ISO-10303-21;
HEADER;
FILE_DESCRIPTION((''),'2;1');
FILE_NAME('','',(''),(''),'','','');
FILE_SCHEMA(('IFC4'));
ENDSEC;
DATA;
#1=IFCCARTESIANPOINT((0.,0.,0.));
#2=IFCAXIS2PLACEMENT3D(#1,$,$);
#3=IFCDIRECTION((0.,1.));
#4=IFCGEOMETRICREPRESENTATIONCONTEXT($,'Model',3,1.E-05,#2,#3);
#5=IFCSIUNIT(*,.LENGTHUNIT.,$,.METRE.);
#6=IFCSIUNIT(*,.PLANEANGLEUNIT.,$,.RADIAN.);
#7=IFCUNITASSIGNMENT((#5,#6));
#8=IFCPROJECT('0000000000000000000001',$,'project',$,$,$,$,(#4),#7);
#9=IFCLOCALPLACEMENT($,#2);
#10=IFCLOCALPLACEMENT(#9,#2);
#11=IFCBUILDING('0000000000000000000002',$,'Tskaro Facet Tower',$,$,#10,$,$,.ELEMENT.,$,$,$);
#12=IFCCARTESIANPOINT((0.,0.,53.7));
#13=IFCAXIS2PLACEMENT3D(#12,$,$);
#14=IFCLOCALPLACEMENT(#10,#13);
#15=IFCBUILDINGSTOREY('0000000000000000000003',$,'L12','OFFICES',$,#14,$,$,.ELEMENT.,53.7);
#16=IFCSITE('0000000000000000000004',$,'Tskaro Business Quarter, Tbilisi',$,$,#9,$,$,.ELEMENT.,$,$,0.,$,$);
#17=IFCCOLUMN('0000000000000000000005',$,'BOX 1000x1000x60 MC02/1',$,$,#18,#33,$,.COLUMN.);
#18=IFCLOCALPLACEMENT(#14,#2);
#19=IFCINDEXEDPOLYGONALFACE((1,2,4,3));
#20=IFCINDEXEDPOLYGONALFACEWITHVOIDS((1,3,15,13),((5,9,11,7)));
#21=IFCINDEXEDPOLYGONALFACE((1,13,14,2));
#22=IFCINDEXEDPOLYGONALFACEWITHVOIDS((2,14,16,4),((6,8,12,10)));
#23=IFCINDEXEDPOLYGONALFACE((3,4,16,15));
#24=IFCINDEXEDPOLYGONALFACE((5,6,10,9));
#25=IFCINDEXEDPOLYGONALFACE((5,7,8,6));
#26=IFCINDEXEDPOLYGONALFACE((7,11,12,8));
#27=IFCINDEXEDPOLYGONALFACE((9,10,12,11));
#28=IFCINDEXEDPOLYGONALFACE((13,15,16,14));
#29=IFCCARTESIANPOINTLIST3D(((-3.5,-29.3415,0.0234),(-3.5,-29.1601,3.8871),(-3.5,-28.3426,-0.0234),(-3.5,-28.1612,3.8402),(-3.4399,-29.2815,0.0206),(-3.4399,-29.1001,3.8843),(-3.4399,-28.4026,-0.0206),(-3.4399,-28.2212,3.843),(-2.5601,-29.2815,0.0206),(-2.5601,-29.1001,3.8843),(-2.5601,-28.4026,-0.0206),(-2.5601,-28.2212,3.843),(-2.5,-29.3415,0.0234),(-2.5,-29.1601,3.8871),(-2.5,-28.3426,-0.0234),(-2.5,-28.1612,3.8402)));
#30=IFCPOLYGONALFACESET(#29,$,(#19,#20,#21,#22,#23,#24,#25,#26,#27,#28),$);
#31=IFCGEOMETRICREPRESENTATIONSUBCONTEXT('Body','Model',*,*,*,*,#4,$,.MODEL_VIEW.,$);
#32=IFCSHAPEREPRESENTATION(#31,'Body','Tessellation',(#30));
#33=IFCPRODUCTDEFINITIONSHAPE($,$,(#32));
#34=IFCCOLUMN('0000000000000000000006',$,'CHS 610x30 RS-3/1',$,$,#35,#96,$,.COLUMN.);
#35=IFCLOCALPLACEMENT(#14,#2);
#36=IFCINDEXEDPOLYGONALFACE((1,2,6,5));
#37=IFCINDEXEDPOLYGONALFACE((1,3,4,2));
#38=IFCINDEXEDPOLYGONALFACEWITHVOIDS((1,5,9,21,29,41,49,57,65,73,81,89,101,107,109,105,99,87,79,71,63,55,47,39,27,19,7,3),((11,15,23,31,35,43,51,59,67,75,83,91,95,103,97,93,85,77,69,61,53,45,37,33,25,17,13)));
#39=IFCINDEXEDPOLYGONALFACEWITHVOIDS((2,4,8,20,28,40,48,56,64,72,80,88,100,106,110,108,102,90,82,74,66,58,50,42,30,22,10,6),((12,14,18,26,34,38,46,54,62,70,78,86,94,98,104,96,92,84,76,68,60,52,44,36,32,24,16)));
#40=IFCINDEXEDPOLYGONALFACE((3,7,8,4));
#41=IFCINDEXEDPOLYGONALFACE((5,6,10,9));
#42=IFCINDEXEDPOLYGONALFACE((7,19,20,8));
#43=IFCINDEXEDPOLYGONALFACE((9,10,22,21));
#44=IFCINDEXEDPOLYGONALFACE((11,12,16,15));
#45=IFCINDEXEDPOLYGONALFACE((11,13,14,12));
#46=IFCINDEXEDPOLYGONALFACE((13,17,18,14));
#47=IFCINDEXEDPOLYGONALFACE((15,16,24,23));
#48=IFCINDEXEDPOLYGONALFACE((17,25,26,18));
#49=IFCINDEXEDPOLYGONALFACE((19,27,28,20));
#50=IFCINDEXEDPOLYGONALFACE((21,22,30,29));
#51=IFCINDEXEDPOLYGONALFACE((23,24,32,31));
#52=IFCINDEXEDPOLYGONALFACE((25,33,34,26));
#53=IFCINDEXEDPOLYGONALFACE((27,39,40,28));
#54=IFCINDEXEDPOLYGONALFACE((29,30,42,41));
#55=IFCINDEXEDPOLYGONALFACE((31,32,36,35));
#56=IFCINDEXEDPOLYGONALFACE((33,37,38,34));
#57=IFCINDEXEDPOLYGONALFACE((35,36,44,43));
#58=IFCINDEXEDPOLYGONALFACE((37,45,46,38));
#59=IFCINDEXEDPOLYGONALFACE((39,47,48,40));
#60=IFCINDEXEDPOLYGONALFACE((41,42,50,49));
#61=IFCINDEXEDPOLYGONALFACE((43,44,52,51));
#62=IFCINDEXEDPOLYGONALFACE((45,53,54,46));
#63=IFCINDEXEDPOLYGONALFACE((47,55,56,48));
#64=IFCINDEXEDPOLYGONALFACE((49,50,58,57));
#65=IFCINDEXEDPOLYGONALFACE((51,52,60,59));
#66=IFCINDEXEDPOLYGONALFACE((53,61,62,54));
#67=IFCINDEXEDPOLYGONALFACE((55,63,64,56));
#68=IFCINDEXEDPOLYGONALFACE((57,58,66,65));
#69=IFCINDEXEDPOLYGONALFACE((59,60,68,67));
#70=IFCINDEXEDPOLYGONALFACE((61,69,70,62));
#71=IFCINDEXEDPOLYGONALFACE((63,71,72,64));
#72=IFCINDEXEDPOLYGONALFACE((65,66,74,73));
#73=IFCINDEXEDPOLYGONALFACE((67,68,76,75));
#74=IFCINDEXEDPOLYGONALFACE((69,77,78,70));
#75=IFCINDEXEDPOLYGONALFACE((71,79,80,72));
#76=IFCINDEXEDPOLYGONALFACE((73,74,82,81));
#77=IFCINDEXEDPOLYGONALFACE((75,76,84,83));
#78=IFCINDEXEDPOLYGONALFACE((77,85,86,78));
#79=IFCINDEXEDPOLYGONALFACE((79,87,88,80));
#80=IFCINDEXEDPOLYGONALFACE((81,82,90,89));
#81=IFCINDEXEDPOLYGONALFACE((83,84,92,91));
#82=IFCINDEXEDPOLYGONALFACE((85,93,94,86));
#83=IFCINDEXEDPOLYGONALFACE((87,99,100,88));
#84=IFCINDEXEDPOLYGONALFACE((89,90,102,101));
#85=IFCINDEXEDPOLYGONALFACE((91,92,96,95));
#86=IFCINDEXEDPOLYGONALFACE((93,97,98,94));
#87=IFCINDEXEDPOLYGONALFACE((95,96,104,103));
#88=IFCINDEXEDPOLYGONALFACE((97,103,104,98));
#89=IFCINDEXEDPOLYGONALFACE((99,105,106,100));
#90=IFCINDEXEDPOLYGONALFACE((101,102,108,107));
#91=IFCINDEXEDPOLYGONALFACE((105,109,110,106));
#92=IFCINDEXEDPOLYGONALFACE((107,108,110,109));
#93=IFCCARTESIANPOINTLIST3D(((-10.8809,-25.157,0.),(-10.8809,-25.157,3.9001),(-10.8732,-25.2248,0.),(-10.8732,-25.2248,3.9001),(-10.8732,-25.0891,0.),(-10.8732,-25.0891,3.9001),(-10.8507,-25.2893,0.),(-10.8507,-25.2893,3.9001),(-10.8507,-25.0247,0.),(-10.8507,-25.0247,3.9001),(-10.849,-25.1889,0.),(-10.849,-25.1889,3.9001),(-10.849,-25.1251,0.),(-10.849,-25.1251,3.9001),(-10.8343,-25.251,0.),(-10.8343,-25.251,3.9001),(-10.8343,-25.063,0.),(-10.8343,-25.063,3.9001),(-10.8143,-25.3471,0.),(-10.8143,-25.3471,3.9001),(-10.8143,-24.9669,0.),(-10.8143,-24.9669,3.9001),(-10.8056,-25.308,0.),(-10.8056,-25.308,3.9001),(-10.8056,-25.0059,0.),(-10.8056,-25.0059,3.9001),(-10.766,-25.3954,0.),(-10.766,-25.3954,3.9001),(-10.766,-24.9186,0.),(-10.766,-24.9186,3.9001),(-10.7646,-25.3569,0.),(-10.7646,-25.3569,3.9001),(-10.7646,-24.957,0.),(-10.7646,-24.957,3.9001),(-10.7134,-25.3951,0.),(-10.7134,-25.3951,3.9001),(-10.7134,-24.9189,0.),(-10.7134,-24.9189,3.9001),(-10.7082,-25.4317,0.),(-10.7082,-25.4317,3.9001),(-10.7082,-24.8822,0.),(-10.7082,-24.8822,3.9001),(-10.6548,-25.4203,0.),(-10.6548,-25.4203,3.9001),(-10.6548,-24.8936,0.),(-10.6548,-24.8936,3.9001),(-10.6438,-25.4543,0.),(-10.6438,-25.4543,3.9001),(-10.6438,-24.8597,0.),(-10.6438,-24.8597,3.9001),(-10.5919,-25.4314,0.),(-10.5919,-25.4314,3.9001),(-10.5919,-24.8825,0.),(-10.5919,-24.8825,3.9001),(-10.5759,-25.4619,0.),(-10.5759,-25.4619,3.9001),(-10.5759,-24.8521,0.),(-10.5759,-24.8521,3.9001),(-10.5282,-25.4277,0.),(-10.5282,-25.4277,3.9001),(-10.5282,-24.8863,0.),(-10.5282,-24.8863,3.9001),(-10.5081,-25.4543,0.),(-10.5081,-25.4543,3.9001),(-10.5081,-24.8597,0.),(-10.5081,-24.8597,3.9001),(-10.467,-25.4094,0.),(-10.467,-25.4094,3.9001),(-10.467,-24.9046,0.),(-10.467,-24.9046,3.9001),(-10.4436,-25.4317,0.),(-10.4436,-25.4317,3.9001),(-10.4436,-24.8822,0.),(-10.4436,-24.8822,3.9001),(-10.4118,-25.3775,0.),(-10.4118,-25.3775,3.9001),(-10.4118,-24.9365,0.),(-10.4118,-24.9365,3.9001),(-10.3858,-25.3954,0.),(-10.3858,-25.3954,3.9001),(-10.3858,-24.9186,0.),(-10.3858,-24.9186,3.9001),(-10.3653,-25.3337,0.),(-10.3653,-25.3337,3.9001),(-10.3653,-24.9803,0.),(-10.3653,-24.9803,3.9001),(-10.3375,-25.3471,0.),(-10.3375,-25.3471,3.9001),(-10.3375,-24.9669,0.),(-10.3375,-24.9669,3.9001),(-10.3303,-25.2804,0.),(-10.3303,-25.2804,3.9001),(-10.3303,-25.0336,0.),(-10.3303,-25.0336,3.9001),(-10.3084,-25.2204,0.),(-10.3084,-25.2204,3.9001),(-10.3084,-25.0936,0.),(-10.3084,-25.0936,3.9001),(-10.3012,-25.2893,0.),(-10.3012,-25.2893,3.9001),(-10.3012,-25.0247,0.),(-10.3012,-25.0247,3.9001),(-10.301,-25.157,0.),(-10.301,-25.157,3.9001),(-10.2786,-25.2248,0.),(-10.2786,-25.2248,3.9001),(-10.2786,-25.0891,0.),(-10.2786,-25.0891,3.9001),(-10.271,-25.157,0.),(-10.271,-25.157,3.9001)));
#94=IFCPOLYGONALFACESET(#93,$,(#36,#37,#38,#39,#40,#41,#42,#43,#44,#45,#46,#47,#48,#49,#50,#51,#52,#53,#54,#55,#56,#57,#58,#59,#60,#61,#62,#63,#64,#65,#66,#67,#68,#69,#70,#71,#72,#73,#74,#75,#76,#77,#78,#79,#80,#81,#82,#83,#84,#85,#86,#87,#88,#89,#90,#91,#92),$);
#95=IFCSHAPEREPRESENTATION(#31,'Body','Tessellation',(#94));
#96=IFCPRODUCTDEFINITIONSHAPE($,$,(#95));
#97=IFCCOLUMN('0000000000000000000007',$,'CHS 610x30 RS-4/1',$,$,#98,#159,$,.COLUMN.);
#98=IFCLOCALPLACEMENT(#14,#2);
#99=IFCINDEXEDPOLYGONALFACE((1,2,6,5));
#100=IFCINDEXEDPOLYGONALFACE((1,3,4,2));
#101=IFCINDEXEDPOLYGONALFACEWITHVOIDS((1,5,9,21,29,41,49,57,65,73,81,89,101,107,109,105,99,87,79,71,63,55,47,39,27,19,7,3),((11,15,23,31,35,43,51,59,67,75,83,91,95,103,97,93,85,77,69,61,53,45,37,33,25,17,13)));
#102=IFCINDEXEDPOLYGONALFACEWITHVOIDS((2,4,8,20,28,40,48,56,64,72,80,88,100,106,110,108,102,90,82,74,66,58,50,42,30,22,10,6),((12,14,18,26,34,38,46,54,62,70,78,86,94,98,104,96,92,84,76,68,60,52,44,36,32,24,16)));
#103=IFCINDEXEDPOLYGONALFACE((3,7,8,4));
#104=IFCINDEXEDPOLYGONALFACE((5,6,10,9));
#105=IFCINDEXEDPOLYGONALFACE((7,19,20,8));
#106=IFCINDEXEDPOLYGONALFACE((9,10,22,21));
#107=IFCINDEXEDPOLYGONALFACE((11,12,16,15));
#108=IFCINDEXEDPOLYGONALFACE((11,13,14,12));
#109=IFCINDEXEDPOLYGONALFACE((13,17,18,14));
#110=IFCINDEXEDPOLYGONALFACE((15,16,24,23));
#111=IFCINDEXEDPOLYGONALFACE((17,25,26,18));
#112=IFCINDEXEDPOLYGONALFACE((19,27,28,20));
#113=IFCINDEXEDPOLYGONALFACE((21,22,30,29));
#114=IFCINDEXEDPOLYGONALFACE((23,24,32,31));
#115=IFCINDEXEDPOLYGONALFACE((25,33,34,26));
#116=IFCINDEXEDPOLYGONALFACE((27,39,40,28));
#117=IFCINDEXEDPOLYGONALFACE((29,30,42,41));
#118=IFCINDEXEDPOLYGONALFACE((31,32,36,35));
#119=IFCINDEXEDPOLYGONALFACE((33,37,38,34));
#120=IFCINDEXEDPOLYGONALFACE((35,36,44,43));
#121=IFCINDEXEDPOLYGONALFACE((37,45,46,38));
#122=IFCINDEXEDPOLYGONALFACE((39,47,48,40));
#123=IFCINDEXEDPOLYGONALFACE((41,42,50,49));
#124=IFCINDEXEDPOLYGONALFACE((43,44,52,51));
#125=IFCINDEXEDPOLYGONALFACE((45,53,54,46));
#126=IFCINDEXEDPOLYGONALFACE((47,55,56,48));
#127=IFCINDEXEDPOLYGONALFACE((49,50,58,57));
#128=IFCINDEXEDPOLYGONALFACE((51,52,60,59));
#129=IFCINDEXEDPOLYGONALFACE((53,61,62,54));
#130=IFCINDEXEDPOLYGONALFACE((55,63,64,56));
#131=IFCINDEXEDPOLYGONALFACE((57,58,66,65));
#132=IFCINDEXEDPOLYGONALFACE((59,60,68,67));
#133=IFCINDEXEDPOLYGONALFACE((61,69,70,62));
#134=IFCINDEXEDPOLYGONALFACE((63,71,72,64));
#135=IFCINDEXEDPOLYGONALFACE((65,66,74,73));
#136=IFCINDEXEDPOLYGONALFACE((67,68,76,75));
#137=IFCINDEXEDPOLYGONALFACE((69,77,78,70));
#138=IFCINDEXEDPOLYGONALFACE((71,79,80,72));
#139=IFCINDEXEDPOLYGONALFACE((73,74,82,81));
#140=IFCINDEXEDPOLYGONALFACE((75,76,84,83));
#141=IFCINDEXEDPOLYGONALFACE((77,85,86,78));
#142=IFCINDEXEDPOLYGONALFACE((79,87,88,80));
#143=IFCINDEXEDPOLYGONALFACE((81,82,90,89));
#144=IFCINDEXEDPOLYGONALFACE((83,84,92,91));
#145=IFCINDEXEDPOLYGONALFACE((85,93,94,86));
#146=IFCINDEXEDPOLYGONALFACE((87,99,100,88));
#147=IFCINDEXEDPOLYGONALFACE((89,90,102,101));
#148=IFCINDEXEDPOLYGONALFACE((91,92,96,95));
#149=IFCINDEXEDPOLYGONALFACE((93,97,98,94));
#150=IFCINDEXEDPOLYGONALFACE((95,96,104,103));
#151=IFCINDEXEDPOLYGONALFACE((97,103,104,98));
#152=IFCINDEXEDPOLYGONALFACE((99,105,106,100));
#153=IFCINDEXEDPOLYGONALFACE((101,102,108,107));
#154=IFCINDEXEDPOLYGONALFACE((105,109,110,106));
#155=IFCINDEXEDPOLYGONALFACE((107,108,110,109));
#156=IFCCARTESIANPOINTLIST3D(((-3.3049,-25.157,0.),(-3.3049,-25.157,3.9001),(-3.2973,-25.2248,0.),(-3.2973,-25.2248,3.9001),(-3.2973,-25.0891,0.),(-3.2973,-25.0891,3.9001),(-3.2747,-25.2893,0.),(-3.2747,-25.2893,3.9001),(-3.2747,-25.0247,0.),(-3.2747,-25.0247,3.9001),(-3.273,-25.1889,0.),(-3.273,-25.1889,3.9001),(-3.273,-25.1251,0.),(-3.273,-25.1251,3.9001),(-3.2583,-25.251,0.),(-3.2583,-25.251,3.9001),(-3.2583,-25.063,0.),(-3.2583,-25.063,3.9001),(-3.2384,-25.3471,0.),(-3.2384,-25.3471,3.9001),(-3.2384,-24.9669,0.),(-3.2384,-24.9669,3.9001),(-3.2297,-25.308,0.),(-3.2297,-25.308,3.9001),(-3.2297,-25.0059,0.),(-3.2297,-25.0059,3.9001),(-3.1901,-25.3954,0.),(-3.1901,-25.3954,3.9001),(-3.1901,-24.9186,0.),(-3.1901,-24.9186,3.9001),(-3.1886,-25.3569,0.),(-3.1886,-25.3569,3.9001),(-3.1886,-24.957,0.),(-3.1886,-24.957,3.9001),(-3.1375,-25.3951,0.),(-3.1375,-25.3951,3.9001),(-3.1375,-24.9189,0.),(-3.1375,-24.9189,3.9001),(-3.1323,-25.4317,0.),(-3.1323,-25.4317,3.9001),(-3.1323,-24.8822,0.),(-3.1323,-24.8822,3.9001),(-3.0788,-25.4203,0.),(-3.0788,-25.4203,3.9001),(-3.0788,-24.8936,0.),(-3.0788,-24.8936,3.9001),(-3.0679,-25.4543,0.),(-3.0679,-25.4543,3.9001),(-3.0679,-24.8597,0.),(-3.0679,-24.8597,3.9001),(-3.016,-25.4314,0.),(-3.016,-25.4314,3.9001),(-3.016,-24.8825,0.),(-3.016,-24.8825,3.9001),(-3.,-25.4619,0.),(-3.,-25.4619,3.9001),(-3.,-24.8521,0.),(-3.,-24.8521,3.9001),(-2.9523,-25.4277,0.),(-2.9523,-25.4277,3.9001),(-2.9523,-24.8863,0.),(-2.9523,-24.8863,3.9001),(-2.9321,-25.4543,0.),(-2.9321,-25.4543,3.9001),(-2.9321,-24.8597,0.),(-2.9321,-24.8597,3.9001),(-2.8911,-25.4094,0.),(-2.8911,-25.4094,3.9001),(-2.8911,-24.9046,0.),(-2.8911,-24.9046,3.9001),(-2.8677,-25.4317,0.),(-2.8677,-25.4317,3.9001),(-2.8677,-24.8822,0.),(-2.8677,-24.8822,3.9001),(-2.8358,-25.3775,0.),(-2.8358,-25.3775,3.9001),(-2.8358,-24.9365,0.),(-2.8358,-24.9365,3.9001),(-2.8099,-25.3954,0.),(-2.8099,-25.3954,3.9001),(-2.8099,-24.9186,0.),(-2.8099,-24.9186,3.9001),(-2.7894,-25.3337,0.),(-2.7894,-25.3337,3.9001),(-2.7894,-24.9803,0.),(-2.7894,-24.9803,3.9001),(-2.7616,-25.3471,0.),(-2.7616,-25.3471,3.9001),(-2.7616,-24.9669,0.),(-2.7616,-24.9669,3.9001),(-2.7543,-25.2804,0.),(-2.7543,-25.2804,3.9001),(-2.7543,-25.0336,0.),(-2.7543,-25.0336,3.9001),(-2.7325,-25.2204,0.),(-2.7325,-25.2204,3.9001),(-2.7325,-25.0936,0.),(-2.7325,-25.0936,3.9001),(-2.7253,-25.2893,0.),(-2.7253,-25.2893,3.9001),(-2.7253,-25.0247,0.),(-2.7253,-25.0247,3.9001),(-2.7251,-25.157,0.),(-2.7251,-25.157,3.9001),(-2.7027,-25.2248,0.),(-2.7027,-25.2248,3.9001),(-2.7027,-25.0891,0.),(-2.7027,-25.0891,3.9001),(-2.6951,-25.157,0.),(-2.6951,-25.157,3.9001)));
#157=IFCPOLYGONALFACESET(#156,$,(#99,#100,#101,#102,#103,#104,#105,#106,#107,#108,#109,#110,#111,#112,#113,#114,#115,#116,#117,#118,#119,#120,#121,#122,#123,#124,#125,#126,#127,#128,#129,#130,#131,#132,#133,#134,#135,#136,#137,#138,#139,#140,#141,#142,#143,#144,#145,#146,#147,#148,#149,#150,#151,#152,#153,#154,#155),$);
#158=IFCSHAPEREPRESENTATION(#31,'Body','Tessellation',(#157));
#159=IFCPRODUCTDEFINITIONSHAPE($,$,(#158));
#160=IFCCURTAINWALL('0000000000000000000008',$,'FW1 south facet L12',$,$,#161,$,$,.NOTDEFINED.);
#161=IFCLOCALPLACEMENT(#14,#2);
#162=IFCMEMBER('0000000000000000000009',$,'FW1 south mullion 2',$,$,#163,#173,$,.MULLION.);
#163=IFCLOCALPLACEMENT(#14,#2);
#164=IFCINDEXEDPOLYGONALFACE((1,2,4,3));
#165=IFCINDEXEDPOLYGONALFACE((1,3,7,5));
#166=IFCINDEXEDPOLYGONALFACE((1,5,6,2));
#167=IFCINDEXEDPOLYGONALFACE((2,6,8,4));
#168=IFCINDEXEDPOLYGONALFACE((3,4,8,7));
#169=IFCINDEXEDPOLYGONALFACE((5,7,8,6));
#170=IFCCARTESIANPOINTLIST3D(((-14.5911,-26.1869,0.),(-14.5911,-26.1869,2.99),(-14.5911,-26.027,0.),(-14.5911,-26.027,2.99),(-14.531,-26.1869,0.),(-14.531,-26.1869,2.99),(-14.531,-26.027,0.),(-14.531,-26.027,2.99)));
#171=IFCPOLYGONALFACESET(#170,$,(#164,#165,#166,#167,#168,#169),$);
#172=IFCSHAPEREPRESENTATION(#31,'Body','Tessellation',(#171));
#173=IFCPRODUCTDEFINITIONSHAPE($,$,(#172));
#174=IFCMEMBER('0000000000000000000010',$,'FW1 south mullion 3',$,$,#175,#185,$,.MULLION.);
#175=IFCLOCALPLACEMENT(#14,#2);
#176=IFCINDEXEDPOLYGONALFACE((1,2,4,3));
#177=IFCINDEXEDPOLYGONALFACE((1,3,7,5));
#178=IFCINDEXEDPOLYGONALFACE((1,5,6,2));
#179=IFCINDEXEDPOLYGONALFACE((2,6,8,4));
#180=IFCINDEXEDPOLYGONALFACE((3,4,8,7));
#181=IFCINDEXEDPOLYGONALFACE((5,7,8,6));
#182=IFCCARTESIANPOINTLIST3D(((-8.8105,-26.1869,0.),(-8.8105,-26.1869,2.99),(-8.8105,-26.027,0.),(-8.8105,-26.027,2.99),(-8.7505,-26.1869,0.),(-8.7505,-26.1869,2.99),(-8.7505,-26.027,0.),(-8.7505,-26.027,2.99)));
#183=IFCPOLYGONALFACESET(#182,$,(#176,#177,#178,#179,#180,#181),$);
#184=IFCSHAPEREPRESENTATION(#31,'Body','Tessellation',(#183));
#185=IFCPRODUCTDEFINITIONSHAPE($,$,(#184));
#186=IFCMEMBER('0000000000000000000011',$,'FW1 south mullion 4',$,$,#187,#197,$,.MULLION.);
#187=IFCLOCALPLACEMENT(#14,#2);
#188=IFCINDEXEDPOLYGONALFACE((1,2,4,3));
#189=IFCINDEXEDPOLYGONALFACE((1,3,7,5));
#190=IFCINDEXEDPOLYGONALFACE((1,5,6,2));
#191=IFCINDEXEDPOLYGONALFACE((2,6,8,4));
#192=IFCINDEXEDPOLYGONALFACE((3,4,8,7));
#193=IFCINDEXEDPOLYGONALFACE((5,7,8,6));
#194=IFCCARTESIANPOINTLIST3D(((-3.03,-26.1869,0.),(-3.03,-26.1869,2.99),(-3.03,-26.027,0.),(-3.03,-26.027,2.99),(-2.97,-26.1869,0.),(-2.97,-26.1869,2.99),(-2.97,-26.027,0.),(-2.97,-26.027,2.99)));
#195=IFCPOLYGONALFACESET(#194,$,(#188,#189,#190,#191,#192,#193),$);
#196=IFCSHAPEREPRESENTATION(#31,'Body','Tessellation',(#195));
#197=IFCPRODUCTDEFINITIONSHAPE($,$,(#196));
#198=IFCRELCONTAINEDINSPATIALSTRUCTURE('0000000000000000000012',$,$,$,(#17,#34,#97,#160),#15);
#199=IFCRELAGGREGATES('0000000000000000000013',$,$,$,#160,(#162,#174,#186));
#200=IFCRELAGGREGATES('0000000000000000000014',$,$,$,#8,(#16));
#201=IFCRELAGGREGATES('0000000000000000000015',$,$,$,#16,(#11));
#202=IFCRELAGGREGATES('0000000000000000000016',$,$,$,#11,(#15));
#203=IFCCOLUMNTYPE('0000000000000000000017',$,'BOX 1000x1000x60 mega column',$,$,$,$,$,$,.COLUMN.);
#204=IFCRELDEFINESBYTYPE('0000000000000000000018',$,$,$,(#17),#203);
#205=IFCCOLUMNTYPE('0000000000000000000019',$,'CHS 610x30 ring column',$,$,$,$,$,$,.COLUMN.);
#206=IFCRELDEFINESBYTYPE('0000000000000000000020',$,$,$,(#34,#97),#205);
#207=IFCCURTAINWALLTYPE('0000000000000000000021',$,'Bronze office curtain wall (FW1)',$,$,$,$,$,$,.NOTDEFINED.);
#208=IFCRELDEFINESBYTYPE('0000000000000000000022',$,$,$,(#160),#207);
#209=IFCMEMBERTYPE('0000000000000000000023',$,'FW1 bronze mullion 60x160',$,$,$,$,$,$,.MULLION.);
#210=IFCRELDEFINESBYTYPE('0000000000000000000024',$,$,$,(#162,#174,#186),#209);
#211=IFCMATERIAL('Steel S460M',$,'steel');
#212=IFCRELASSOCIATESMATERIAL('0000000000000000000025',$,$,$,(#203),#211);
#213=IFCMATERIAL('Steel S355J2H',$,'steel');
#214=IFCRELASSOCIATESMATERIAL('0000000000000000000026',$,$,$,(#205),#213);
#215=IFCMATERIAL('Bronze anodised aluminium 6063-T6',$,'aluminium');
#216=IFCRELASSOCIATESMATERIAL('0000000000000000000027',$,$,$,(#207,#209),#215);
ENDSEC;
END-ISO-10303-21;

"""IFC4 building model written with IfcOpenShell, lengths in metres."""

from ifc_helpers import new_model, si_unit, direction, frame, origin, origin_2d, place, context, subcontext, project, spatial, rectangle, hollow_rectangle, hollow_circle, extrude, material, material_profile, profile_set, type_object, element, aggregate, save


model = new_model("IFC4")

# Units and contexts
model_context = context("Model", 3, precision=1e-05, world=origin(), true_north=direction((0.0, 1.0)))
body_context = subcontext(model_context, "Body", "Model", "MODEL_VIEW")
ifc_project = project(units=[si_unit("LENGTHUNIT", "METRE"), si_unit("PLANEANGLEUNIT", "RADIAN")], contexts=[model_context])

# Site, building, storey
site_placement = place(None, origin())
site = spatial("IfcSite", under=ifc_project, at=site_placement, Name="Tskaro Business Quarter, Tbilisi", CompositionType="ELEMENT", RefElevation=0.0)
building_placement = place(site_placement, origin())
building = spatial("IfcBuilding", under=site, at=building_placement, Name="Tskaro Facet Tower", CompositionType="ELEMENT")
storey_placement = place(building_placement, frame((0.0, 0.0, 53.7)))
storey = spatial("IfcBuildingStorey", under=building, at=storey_placement, Name="L12", Description="OFFICES", CompositionType="ELEMENT", Elevation=53.7)

# Columns
ifc_material_1 = material(Name="Steel S460M", Category="steel")
ifc_material_profile_1 = material_profile(ifc_material_1, hollow_rectangle(XDim=1.0, YDim=1.0, WallThickness=0.0601, at=origin_2d()), Name="BOX 1000x1000x60")
ifc_profile_set_1 = profile_set([ifc_material_profile_1], Name="Steel S460M")
column_type_1 = type_object("IfcColumnType", Name="BOX 1000x1000x60 mega column", PredefinedType="COLUMN", material=ifc_profile_set_1)
column_placement = place(storey_placement, frame((-3.0, -28.842, 0.0), z_axis=(0.0, 0.046896, 0.9989), x_axis=(-1.0, 0.0, 0.0)))
element("IfcColumn", 1, at=column_placement, inside=storey, type_object=column_type_1, Name="BOX 1000x1000x60 MC02/1", PredefinedType="COLUMN", context=body_context, shape_type="SweptSolid", body=[
    extrude(hollow_rectangle(XDim=1.0, YDim=1.0, WallThickness=0.0601, at=origin_2d()), origin(), (0.0, 0.0, 1.0), 3.8679),
])
ifc_material_2 = material(Name="Steel S355J2H", Category="steel")
ifc_material_profile_2 = material_profile(ifc_material_2, hollow_circle(Radius=0.3049, WallThickness=0.03, at=origin_2d()), Name="CHS 610x30")
ifc_profile_set_2 = profile_set([ifc_material_profile_2], Name="Steel S355J2H")
column_type_2 = type_object("IfcColumnType", Name="CHS 610x30 ring column", PredefinedType="COLUMN", material=ifc_profile_set_2)
for number, where, z_axis, x_axis, name in (
    (2, (-10.5759, -25.157, 0.0), (0.0, 0.0, 1.0), (1.0, 0.0, 0.0), "CHS 610x30 RS-3/1"),
    (3, (-3.0, -25.157, 0.0), (0.0, 0.0, 1.0), (1.0, 0.0, 0.0), "CHS 610x30 RS-4/1"),
):
    element("IfcColumn", number, at=place(storey_placement, frame(where, z_axis=z_axis, x_axis=x_axis)), inside=storey, type_object=column_type_2, Name=name, PredefinedType="COLUMN", context=body_context, shape_type="SweptSolid", body=[
        extrude(hollow_circle(Radius=0.3049, WallThickness=0.03, at=origin_2d()), origin(), (0.0, 0.0, 1.0), 3.9001),
    ])

# Curtain wall, members
ifc_material_3 = material(Name="Bronze anodised aluminium 6063-T6", Category="aluminium")
curtain_wall_type = type_object("IfcCurtainWallType", Name="Bronze office curtain wall (FW1)", PredefinedType="NOTDEFINED", material=ifc_material_3)
curtain_wall_placement = place(storey_placement, origin())
curtain_wall = element("IfcCurtainWall", 4, at=curtain_wall_placement, inside=storey, type_object=curtain_wall_type, Name="FW1 south facet L12", PredefinedType="NOTDEFINED")
ifc_material_profile_3 = material_profile(ifc_material_3, rectangle(XDim=0.0601, YDim=0.1599, at=origin_2d()), Name="Mullion 60x160")
ifc_profile_set_3 = profile_set([ifc_material_profile_3], Name="Bronze anodised aluminium 6063-T6")
member_type_1 = type_object("IfcMemberType", Name="FW1 bronze mullion 60x160", PredefinedType="MULLION", material=ifc_profile_set_3)
member_1_placement = place(storey_placement, frame((-14.561, -26.1069, 0.0), z_axis=(0.0, 0.0, 1.0), x_axis=(1.0, 0.0, 0.0)))
member_1 = element("IfcMember", 5, at=member_1_placement, type_object=member_type_1, Name="FW1 south mullion 2", PredefinedType="MULLION", context=body_context, shape_type="SweptSolid", body=[
    extrude(rectangle(XDim=0.0601, YDim=0.1599, at=origin_2d()), origin(), (0.0, 0.0, 1.0), 2.99),
])
member_2_placement = place(storey_placement, frame((-8.7805, -26.1069, 0.0), z_axis=(0.0, 0.0, 1.0), x_axis=(1.0, 0.0, 0.0)))
member_2 = element("IfcMember", 6, at=member_2_placement, type_object=member_type_1, Name="FW1 south mullion 3", PredefinedType="MULLION", context=body_context, shape_type="SweptSolid", body=[
    extrude(rectangle(XDim=0.0601, YDim=0.1599, at=origin_2d()), origin(), (0.0, 0.0, 1.0), 2.99),
])
member_3_placement = place(storey_placement, frame((-3.0, -26.1069, 0.0), z_axis=(0.0, 0.0, 1.0), x_axis=(1.0, 0.0, 0.0)))
member_3 = element("IfcMember", 7, at=member_3_placement, type_object=member_type_1, Name="FW1 south mullion 4", PredefinedType="MULLION", context=body_context, shape_type="SweptSolid", body=[
    extrude(rectangle(XDim=0.0601, YDim=0.1599, at=origin_2d()), origin(), (0.0, 0.0, 1.0), 2.99),
])

aggregate(curtain_wall, [member_1, member_2, member_3])

save(model, "model.ifc")
